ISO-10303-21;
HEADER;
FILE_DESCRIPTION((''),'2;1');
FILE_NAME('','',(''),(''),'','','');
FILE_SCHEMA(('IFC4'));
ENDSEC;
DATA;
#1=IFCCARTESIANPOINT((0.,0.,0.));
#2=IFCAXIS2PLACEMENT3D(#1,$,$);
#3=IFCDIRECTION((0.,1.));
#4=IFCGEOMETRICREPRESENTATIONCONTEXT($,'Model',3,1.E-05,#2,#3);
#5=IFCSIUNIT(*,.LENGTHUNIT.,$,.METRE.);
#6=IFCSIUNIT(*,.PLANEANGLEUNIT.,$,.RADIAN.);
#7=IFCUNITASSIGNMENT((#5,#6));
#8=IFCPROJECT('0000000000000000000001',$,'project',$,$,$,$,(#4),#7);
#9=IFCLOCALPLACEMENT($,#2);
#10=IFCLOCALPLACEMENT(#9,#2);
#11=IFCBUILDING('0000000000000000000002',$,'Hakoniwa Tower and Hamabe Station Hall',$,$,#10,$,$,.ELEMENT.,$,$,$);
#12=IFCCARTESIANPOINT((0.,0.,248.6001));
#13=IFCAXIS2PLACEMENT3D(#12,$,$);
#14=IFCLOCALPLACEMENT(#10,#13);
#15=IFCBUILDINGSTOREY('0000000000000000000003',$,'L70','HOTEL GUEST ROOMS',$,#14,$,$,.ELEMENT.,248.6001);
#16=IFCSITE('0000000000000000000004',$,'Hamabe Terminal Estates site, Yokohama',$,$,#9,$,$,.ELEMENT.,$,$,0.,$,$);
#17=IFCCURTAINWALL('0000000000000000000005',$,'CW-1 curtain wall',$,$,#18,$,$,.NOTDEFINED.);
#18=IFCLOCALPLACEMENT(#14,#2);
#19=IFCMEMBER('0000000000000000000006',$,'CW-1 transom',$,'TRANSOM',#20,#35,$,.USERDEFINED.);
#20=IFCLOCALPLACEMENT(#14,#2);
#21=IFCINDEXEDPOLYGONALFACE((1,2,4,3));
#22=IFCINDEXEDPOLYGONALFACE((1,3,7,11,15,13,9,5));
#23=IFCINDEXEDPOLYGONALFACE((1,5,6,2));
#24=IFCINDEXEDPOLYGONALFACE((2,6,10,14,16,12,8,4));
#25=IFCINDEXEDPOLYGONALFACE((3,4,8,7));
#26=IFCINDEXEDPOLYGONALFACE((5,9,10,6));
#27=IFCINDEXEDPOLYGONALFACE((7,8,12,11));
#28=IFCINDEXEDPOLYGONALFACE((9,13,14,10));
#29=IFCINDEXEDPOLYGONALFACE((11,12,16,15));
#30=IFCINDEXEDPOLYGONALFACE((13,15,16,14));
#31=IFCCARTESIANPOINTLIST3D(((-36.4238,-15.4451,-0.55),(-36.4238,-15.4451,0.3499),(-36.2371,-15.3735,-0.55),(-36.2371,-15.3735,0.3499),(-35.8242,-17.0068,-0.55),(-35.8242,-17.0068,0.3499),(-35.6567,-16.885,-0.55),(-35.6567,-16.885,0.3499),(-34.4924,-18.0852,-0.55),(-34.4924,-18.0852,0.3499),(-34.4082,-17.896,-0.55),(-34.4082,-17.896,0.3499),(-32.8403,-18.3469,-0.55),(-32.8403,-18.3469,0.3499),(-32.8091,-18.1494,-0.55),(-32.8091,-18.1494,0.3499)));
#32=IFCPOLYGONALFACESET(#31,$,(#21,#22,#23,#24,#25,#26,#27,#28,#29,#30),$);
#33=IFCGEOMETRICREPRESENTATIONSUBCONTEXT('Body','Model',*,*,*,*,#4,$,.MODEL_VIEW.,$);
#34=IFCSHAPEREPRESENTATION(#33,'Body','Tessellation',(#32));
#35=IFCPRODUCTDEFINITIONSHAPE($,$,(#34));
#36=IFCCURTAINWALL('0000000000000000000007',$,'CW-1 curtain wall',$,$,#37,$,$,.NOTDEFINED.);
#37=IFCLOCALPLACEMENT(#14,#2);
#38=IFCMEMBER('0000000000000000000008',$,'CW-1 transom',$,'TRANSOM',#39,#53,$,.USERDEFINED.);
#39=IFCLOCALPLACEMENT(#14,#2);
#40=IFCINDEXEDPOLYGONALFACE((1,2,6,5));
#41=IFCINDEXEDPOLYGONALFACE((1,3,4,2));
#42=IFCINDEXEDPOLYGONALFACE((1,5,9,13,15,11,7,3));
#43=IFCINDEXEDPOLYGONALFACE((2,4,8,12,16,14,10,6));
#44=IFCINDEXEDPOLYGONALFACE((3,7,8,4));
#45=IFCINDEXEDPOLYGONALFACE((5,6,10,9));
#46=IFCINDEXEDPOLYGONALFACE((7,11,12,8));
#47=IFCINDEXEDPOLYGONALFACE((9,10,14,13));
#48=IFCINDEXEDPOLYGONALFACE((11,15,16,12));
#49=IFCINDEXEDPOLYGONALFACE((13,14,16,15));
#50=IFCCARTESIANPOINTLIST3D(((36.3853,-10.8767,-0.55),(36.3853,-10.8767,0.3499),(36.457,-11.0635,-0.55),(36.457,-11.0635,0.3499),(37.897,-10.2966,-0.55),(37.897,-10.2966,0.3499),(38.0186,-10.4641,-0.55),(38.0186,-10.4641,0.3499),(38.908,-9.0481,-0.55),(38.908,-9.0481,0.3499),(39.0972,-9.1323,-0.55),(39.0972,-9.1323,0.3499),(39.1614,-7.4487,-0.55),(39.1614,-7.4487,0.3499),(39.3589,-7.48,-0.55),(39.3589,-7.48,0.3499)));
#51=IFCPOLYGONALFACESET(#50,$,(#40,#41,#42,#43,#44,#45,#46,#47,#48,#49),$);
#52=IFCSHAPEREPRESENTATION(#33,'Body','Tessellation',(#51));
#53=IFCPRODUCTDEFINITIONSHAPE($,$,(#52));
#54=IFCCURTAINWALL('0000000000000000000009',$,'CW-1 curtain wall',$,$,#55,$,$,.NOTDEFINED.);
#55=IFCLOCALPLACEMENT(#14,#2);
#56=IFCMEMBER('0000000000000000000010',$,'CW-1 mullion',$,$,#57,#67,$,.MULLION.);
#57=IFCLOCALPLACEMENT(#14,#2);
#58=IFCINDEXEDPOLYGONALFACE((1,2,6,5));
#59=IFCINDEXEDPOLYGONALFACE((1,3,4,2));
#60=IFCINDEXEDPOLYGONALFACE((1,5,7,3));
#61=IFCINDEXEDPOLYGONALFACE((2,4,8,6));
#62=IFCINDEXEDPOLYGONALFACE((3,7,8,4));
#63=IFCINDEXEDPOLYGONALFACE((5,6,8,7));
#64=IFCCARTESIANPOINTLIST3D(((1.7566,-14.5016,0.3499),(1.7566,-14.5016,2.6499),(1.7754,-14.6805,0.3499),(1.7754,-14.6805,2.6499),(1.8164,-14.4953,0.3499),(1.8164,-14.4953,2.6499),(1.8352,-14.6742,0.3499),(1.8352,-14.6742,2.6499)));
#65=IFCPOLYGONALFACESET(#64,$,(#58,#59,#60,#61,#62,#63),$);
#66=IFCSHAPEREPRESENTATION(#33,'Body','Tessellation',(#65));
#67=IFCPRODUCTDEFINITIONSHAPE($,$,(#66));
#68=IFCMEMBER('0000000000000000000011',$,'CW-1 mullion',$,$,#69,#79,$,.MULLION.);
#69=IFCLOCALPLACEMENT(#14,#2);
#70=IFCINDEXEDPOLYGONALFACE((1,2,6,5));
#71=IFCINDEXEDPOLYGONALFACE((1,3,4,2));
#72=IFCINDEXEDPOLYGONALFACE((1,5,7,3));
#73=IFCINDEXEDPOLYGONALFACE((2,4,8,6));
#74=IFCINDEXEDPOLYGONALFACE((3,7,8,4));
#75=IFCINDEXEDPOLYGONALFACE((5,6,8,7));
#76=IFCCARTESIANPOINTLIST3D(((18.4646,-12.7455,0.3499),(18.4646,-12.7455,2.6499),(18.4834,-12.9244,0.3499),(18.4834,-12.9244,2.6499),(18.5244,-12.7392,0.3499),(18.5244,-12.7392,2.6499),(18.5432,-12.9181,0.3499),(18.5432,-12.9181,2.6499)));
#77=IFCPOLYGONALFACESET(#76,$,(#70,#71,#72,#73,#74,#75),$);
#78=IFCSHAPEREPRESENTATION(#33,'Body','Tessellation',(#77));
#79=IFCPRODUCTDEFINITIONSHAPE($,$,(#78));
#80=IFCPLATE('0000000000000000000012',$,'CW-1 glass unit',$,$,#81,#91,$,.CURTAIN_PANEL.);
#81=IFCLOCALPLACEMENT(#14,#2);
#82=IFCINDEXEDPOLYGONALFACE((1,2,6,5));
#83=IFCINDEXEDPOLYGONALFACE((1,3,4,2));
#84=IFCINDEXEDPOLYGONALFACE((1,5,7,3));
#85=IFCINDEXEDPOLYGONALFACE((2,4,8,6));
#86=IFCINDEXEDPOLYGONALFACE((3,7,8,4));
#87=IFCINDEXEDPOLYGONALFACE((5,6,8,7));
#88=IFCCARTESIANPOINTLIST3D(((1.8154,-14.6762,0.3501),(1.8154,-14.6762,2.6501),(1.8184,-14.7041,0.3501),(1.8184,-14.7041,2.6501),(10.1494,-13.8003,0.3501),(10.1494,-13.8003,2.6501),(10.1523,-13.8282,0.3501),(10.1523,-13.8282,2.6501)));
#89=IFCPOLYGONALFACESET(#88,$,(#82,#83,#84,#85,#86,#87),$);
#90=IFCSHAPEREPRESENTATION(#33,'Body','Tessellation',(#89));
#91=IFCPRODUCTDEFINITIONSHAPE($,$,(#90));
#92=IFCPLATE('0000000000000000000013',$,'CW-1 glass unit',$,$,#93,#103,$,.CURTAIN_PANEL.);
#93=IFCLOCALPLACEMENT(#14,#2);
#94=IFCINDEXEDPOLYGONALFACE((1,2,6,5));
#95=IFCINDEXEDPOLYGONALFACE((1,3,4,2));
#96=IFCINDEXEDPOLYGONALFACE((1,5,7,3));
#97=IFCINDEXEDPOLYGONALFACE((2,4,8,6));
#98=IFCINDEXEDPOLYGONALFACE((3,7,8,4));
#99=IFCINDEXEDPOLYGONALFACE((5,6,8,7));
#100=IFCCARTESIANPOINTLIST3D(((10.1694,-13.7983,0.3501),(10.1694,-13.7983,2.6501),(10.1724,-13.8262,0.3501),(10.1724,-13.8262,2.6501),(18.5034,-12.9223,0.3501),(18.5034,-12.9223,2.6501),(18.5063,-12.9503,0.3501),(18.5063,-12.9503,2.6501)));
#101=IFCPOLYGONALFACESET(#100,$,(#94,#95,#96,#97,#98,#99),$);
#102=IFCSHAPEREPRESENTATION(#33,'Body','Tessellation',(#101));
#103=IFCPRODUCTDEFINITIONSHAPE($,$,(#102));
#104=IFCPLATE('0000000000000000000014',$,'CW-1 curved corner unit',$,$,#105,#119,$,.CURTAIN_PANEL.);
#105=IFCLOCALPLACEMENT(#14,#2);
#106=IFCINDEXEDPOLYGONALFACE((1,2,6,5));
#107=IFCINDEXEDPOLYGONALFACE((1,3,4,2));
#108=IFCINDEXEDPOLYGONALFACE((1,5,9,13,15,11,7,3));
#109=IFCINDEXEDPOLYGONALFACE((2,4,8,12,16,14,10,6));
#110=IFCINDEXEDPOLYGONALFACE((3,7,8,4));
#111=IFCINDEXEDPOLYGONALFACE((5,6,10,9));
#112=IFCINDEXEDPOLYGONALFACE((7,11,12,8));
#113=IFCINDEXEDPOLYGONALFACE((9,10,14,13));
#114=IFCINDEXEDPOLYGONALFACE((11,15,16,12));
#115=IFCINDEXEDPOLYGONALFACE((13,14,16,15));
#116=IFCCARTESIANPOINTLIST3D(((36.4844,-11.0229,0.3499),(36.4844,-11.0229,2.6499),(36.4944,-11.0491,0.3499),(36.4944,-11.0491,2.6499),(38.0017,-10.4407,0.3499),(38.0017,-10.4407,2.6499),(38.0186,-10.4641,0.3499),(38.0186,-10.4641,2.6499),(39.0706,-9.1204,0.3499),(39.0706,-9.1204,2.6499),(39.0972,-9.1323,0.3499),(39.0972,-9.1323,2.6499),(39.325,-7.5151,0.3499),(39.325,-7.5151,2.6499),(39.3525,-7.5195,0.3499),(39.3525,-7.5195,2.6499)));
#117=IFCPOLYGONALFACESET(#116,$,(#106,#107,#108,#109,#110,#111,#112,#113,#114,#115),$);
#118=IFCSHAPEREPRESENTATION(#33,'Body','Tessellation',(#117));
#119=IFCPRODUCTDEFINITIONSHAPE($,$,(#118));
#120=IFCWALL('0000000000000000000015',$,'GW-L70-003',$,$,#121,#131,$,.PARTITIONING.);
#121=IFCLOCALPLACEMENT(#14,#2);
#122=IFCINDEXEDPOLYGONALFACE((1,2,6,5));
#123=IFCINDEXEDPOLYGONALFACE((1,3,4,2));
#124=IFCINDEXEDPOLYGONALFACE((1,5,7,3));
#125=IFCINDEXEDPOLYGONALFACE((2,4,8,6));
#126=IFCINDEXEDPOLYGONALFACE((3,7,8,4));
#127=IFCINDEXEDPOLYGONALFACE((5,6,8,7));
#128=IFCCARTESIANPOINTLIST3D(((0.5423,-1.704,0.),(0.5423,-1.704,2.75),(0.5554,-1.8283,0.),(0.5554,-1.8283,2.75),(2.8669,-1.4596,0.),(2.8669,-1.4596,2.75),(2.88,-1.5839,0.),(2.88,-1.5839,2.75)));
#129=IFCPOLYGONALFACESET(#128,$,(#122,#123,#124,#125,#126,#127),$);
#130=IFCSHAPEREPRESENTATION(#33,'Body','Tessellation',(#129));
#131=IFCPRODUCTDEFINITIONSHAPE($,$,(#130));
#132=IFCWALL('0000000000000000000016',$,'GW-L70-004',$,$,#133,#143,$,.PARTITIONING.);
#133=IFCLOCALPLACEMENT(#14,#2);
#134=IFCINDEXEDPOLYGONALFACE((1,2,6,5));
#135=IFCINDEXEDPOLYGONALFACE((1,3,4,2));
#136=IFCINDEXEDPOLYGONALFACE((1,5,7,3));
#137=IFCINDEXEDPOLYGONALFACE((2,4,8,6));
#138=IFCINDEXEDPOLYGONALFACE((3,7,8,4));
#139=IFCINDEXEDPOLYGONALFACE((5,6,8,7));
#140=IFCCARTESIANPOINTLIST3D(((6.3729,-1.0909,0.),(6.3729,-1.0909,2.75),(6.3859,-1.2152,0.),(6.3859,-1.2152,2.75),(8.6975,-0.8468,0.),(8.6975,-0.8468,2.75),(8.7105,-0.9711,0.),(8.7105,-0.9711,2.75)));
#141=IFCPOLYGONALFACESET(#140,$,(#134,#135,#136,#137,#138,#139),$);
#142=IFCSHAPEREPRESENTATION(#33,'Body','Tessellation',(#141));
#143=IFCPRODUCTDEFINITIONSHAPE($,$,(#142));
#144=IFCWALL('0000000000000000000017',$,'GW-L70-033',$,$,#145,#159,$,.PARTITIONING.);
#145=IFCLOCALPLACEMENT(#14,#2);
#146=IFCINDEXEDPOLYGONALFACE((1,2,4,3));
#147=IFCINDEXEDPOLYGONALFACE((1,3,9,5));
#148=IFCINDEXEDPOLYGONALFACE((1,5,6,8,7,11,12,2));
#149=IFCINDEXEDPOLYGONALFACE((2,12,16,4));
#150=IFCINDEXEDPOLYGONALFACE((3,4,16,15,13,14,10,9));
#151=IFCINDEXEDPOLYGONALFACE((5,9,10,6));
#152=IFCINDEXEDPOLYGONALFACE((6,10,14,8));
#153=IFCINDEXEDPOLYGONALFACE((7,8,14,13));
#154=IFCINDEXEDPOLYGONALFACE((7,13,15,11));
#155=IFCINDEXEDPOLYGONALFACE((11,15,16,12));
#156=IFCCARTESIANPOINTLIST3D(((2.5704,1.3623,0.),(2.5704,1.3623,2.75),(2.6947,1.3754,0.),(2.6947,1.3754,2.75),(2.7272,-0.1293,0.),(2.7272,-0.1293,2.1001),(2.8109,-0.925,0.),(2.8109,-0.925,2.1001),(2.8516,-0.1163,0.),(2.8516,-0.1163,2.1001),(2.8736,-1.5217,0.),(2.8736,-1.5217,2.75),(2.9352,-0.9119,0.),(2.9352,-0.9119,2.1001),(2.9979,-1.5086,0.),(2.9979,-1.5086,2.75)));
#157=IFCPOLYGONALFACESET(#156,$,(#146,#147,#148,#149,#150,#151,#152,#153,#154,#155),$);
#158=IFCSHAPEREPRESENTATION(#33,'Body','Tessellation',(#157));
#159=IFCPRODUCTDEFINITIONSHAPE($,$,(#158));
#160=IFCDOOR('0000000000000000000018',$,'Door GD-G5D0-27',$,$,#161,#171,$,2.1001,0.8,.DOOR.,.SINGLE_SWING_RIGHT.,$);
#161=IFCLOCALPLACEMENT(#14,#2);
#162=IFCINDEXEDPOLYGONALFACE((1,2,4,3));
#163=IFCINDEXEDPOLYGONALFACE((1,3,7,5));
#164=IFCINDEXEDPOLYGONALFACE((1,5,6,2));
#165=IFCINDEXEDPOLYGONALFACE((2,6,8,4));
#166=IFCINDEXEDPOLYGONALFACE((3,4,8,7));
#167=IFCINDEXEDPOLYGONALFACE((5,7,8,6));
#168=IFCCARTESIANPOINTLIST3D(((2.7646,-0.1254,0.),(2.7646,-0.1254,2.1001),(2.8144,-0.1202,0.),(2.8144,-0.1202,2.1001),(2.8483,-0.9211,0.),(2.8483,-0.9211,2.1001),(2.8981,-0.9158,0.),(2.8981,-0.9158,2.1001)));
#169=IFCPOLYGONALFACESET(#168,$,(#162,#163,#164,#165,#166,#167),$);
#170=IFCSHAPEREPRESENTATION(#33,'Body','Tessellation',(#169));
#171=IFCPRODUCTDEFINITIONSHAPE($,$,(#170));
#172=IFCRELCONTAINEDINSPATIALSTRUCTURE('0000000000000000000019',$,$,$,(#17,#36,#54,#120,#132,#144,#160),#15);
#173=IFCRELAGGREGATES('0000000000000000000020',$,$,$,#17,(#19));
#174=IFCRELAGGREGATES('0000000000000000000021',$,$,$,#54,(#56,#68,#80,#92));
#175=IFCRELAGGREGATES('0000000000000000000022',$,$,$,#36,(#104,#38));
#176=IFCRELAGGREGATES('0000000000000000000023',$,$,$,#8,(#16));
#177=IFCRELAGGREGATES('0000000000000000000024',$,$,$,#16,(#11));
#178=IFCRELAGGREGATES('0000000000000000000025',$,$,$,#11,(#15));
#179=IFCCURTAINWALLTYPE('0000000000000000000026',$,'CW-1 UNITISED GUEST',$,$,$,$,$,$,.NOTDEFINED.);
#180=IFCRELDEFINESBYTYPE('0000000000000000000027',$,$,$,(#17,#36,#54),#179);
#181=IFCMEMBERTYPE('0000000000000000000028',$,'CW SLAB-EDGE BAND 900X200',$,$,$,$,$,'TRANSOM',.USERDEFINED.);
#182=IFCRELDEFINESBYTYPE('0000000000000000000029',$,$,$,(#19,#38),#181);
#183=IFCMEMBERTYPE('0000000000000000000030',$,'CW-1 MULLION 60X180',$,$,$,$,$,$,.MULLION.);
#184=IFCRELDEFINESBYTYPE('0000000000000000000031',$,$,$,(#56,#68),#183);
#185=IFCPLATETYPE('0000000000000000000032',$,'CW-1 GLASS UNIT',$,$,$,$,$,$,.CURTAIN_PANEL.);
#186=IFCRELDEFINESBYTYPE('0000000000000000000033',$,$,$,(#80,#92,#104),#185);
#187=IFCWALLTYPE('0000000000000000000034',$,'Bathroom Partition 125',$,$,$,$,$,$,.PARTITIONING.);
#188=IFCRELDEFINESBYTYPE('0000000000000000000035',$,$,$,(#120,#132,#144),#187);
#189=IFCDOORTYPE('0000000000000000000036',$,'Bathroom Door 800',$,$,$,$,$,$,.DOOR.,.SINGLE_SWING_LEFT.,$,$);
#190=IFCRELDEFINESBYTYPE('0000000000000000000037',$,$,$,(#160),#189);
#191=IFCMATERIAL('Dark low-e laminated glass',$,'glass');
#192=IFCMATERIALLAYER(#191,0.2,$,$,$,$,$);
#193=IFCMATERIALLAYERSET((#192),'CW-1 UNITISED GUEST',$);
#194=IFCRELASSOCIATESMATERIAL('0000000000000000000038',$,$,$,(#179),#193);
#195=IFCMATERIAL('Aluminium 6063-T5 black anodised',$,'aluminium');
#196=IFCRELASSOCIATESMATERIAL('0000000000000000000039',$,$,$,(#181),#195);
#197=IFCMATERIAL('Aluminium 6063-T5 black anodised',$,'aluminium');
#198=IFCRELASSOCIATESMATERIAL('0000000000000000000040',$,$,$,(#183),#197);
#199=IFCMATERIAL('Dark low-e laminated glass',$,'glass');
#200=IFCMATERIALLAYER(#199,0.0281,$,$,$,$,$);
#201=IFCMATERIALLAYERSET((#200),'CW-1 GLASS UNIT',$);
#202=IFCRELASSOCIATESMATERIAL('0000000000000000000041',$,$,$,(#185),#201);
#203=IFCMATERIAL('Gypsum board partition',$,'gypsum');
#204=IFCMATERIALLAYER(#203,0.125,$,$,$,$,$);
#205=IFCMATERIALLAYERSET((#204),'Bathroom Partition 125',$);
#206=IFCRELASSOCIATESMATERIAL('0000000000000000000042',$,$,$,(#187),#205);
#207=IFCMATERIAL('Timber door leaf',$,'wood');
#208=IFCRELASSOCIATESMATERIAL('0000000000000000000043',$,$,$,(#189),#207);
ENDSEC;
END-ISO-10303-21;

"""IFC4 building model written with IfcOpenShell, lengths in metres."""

from ifc_helpers import new_model, si_unit, direction, frame, frame_2d, origin, origin_2d, place, context, subcontext, project, spatial, polyline, rectangle, outline, extrude, material, layer, layer_set, material_profile, profile_set, type_object, element, fill, aggregate, save


model = new_model("IFC4")

# Units and contexts
model_context = context("Model", 3, precision=1e-05, world=origin(), true_north=direction((0.0, 1.0)))
body_context = subcontext(model_context, "Body", "Model", "MODEL_VIEW")
ifc_project = project(units=[si_unit("LENGTHUNIT", "METRE"), si_unit("PLANEANGLEUNIT", "RADIAN")], contexts=[model_context])

# Site, building, storey
site_placement = place(None, origin())
site = spatial("IfcSite", under=ifc_project, at=site_placement, Name="Hamabe Terminal Estates site, Yokohama", CompositionType="ELEMENT", RefElevation=0.0)
building_placement = place(site_placement, origin())
building = spatial("IfcBuilding", under=site, at=building_placement, Name="Hakoniwa Tower and Hamabe Station Hall", CompositionType="ELEMENT")
storey_placement = place(building_placement, frame((0.0, 0.0, 248.6001)))
storey = spatial("IfcBuildingStorey", under=building, at=storey_placement, Name="L70", Description="HOTEL GUEST ROOMS", CompositionType="ELEMENT", Elevation=248.6001)

# Curtain walls, members
ifc_material_1 = material(Name="Dark low-e laminated glass", Category="glass")
ifc_layer_1 = layer(ifc_material_1, 0.2)
ifc_layer_set_1 = layer_set([ifc_layer_1], Name="CW-1 UNITISED GUEST")
curtain_wall_type = type_object("IfcCurtainWallType", Name="CW-1 UNITISED GUEST", PredefinedType="NOTDEFINED", material=ifc_layer_set_1)
curtain_wall_1_placement = place(storey_placement, origin())
curtain_wall_1 = element("IfcCurtainWall", 1, at=curtain_wall_1_placement, inside=storey, type_object=curtain_wall_type, Name="CW-1 curtain wall", PredefinedType="NOTDEFINED")
ifc_material_2 = material(Name="Aluminium 6063-T5 black anodised", Category="aluminium")
ifc_material_profile_1 = material_profile(ifc_material_2, rectangle(XDim=0.2, YDim=0.8999, at=origin_2d()), Name="CW SLAB-EDGE BAND 900X200")
ifc_profile_set_1 = profile_set([ifc_material_profile_1], Name="Aluminium 6063-T5 black anodised")
member_type_1 = type_object("IfcMemberType", Name="CW SLAB-EDGE BAND 900X200", ElementType="TRANSOM", PredefinedType="USERDEFINED", material=ifc_profile_set_1)
member_1_placement = place(storey_placement, frame((0.0, 0.0, -0.55)))
member_1 = element("IfcMember", 2, at=member_1_placement, type_object=member_type_1, Name="CW-1 transom", ObjectType="TRANSOM", PredefinedType="USERDEFINED", context=body_context, shape_type="SweptSolid", body=[
    extrude(outline(polyline([(-36.4238, -15.4451), (-35.8242, -17.0068), (-34.4924, -18.0852), (-32.8403, -18.3469), (-32.8091, -18.1494), (-34.4082, -17.896), (-35.6567, -16.885), (-36.2371, -15.3735), (-36.4238, -15.4451)])), origin(), (0.0, 0.0, 1.0), 0.8999),
])
aggregate(curtain_wall_1, [member_1])
curtain_wall_2_placement = place(storey_placement, origin())
curtain_wall_2 = element("IfcCurtainWall", 3, at=curtain_wall_2_placement, inside=storey, type_object=curtain_wall_type, Name="CW-1 curtain wall", PredefinedType="NOTDEFINED")
member_2_placement = place(storey_placement, frame((0.0, 0.0, -0.55)))
member_2 = element("IfcMember", 4, at=member_2_placement, type_object=member_type_1, Name="CW-1 transom", ObjectType="TRANSOM", PredefinedType="USERDEFINED", context=body_context, shape_type="SweptSolid", body=[
    extrude(outline(polyline([(36.457, -11.0635), (38.0186, -10.4641), (39.0972, -9.1323), (39.3589, -7.48), (39.1614, -7.4487), (38.908, -9.0481), (37.897, -10.2966), (36.3853, -10.8767), (36.457, -11.0635)])), origin(), (0.0, 0.0, 1.0), 0.8999),
])

# Curtain wall, members, plates
curtain_wall_3_placement = place(storey_placement, origin())
curtain_wall_3 = element("IfcCurtainWall", 5, at=curtain_wall_3_placement, inside=storey, type_object=curtain_wall_type, Name="CW-1 curtain wall", PredefinedType="NOTDEFINED")
ifc_material_3 = material(Name="Aluminium 6063-T5 black anodised", Category="aluminium")
ifc_material_profile_2 = material_profile(ifc_material_3, rectangle(XDim=0.0601, YDim=0.1799, at=origin_2d()), Name="CW-1 MULLION 60X180")
ifc_profile_set_2 = profile_set([ifc_material_profile_2], Name="Aluminium 6063-T5 black anodised")
member_type_2 = type_object("IfcMemberType", Name="CW-1 MULLION 60X180", PredefinedType="MULLION", material=ifc_profile_set_2)
member_3_placement = place(storey_placement, frame((1.7959, -14.5879, 0.3499), z_axis=(0.0, 0.0, 1.0), x_axis=(0.994522, 0.104528, 0.0)))
member_3 = element("IfcMember", 6, at=member_3_placement, type_object=member_type_2, Name="CW-1 mullion", PredefinedType="MULLION", context=body_context, shape_type="SweptSolid", body=[
    extrude(rectangle(XDim=0.0601, YDim=0.1799, at=origin_2d()), origin(), (0.0, 0.0, 1.0), 2.3),
])
member_4_placement = place(storey_placement, frame((18.5039, -12.8318, 0.3499), z_axis=(0.0, 0.0, 1.0), x_axis=(0.994522, 0.104528, 0.0)))
member_4 = element("IfcMember", 7, at=member_4_placement, type_object=member_type_2, Name="CW-1 mullion", PredefinedType="MULLION", context=body_context, shape_type="SweptSolid", body=[
    extrude(rectangle(XDim=0.0601, YDim=0.1799, at=origin_2d()), origin(), (0.0, 0.0, 1.0), 2.3),
])
ifc_material_4 = material(Name="Dark low-e laminated glass", Category="glass")
ifc_layer_2 = layer(ifc_material_4, 0.0281)
ifc_layer_set_2 = layer_set([ifc_layer_2], Name="CW-1 GLASS UNIT")
plate_type = type_object("IfcPlateType", Name="CW-1 GLASS UNIT", PredefinedType="CURTAIN_PANEL", material=ifc_layer_set_2)
plate_1_placement = place(storey_placement, frame((5.9839, -14.2522, 0.3501), z_axis=(0.0, 0.0, 1.0), x_axis=(0.994522, 0.104528, 0.0)))
plate_1 = element("IfcPlate", 8, at=plate_1_placement, type_object=plate_type, Name="CW-1 glass unit", PredefinedType="CURTAIN_PANEL", context=body_context, shape_type="SweptSolid", body=[
    extrude(rectangle(XDim=8.3799, YDim=0.0281, at=origin_2d()), origin(), (0.0, 0.0, 1.0), 2.3),
])
plate_2_placement = place(storey_placement, frame((14.3379, -13.3743, 0.3501), z_axis=(0.0, 0.0, 1.0), x_axis=(0.994522, 0.104528, 0.0)))
plate_2 = element("IfcPlate", 9, at=plate_2_placement, type_object=plate_type, Name="CW-1 glass unit", PredefinedType="CURTAIN_PANEL", context=body_context, shape_type="SweptSolid", body=[
    extrude(rectangle(XDim=8.3799, YDim=0.0281, at=origin_2d()), origin(), (0.0, 0.0, 1.0), 2.3),
])
aggregate(curtain_wall_3, [member_3, member_4, plate_1, plate_2])

# Plate
plate_3_placement = place(storey_placement, frame((0.0, 0.0, 0.3499)))
plate_3 = element("IfcPlate", 10, at=plate_3_placement, type_object=plate_type, Name="CW-1 curved corner unit", PredefinedType="CURTAIN_PANEL", context=body_context, shape_type="SweptSolid", body=[
    extrude(outline(polyline([(36.4944, -11.0491), (38.0186, -10.4641), (39.0972, -9.1323), (39.3525, -7.5195), (39.325, -7.5151), (39.0706, -9.1204), (38.0017, -10.4407), (36.4844, -11.0229), (36.4944, -11.0491)])), origin(), (0.0, 0.0, 1.0), 2.3),
])
aggregate(curtain_wall_2, [plate_3, member_2])

# Walls
ifc_material_5 = material(Name="Gypsum board partition", Category="gypsum")
ifc_layer_3 = layer(ifc_material_5, 0.125)
ifc_layer_set_3 = layer_set([ifc_layer_3], Name="Bathroom Partition 125")
wall_type_1 = type_object("IfcWallType", Name="Bathroom Partition 125", PredefinedType="PARTITIONING", material=ifc_layer_set_3)
for number, where, z_axis, x_axis, name in (
    (11, (0.5488, -1.7661, 0.0), (0.0, 0.0, 1.0), (0.99452, 0.104549, 0.0), "GW-L70-003"),
    (12, (6.3794, -1.1531, 0.0), (0.0, 0.0, 1.0), (0.994531, 0.104446, 0.0), "GW-L70-004"),
):
    element("IfcWall", number, at=place(storey_placement, frame(where, z_axis=z_axis, x_axis=x_axis)), inside=storey, type_object=wall_type_1, Name=name, PredefinedType="PARTITIONING", context=body_context, shape_type="SweptSolid", body=[
        extrude(rectangle(XDim=2.3374, YDim=0.125, at=frame_2d((1.1687, 0.0))), origin(), (0.0, 0.0, 1.0), 2.75),
    ])

# Wall, opening, door
wall_1_placement = place(storey_placement, frame((2.9358, -1.5151, 0.0), z_axis=(0.0, 0.0, 1.0), x_axis=(-0.104562, 0.994518, 0.0)))
wall_1 = element("IfcWall", 13, at=wall_1_placement, inside=storey, type_object=wall_type_1, Name="GW-L70-033", PredefinedType="PARTITIONING", context=body_context, shape_type="SweptSolid", body=[
    extrude(rectangle(XDim=2.8999, YDim=0.125, at=frame_2d((1.45, 0.0))), origin(), (0.0, 0.0, 1.0), 2.75),
])
opening_1_placement = place(wall_1_placement, frame((0.6001, 0.0, 0.0)))
opening_1 = element("IfcOpeningElement", 14, at=opening_1_placement, cuts=wall_1, PredefinedType="OPENING", context=body_context, shape_type="SweptSolid", body=[
    extrude(rectangle(XDim=0.8, YDim=2.1001, at=frame_2d((0.3999, 1.05))), frame((0.0, 0.0725, 0.0), z_axis=(0.0, -1.0, 0.0), x_axis=(1.0, 0.0, 0.0)), (0.0, 0.0, 1.0), 0.145),
])
ifc_material_6 = material(Name="Timber door leaf", Category="wood")
door_type_1 = type_object("IfcDoorType", Name="Bathroom Door 800", OperationType="SINGLE_SWING_LEFT", PredefinedType="DOOR", material=ifc_material_6)
door_1_placement = place(opening_1_placement, origin())
door_1 = element("IfcDoor", 15, at=door_1_placement, inside=storey, type_object=door_type_1, Name="Door GD-G5D0-27", OperationType="SINGLE_SWING_RIGHT", OverallHeight=2.1001, OverallWidth=0.8, PredefinedType="DOOR", context=body_context, shape_type="SweptSolid", body=[
    extrude(rectangle(XDim=0.8, YDim=2.1001, at=frame_2d((0.3999, 1.05))), frame((0.0, 0.0249, 0.0), z_axis=(0.0, -1.0, 0.0), x_axis=(1.0, 0.0, 0.0)), (0.0, 0.0, 1.0), 0.05),
])
fill(opening_1, door_1)

save(model, "model.ifc")
